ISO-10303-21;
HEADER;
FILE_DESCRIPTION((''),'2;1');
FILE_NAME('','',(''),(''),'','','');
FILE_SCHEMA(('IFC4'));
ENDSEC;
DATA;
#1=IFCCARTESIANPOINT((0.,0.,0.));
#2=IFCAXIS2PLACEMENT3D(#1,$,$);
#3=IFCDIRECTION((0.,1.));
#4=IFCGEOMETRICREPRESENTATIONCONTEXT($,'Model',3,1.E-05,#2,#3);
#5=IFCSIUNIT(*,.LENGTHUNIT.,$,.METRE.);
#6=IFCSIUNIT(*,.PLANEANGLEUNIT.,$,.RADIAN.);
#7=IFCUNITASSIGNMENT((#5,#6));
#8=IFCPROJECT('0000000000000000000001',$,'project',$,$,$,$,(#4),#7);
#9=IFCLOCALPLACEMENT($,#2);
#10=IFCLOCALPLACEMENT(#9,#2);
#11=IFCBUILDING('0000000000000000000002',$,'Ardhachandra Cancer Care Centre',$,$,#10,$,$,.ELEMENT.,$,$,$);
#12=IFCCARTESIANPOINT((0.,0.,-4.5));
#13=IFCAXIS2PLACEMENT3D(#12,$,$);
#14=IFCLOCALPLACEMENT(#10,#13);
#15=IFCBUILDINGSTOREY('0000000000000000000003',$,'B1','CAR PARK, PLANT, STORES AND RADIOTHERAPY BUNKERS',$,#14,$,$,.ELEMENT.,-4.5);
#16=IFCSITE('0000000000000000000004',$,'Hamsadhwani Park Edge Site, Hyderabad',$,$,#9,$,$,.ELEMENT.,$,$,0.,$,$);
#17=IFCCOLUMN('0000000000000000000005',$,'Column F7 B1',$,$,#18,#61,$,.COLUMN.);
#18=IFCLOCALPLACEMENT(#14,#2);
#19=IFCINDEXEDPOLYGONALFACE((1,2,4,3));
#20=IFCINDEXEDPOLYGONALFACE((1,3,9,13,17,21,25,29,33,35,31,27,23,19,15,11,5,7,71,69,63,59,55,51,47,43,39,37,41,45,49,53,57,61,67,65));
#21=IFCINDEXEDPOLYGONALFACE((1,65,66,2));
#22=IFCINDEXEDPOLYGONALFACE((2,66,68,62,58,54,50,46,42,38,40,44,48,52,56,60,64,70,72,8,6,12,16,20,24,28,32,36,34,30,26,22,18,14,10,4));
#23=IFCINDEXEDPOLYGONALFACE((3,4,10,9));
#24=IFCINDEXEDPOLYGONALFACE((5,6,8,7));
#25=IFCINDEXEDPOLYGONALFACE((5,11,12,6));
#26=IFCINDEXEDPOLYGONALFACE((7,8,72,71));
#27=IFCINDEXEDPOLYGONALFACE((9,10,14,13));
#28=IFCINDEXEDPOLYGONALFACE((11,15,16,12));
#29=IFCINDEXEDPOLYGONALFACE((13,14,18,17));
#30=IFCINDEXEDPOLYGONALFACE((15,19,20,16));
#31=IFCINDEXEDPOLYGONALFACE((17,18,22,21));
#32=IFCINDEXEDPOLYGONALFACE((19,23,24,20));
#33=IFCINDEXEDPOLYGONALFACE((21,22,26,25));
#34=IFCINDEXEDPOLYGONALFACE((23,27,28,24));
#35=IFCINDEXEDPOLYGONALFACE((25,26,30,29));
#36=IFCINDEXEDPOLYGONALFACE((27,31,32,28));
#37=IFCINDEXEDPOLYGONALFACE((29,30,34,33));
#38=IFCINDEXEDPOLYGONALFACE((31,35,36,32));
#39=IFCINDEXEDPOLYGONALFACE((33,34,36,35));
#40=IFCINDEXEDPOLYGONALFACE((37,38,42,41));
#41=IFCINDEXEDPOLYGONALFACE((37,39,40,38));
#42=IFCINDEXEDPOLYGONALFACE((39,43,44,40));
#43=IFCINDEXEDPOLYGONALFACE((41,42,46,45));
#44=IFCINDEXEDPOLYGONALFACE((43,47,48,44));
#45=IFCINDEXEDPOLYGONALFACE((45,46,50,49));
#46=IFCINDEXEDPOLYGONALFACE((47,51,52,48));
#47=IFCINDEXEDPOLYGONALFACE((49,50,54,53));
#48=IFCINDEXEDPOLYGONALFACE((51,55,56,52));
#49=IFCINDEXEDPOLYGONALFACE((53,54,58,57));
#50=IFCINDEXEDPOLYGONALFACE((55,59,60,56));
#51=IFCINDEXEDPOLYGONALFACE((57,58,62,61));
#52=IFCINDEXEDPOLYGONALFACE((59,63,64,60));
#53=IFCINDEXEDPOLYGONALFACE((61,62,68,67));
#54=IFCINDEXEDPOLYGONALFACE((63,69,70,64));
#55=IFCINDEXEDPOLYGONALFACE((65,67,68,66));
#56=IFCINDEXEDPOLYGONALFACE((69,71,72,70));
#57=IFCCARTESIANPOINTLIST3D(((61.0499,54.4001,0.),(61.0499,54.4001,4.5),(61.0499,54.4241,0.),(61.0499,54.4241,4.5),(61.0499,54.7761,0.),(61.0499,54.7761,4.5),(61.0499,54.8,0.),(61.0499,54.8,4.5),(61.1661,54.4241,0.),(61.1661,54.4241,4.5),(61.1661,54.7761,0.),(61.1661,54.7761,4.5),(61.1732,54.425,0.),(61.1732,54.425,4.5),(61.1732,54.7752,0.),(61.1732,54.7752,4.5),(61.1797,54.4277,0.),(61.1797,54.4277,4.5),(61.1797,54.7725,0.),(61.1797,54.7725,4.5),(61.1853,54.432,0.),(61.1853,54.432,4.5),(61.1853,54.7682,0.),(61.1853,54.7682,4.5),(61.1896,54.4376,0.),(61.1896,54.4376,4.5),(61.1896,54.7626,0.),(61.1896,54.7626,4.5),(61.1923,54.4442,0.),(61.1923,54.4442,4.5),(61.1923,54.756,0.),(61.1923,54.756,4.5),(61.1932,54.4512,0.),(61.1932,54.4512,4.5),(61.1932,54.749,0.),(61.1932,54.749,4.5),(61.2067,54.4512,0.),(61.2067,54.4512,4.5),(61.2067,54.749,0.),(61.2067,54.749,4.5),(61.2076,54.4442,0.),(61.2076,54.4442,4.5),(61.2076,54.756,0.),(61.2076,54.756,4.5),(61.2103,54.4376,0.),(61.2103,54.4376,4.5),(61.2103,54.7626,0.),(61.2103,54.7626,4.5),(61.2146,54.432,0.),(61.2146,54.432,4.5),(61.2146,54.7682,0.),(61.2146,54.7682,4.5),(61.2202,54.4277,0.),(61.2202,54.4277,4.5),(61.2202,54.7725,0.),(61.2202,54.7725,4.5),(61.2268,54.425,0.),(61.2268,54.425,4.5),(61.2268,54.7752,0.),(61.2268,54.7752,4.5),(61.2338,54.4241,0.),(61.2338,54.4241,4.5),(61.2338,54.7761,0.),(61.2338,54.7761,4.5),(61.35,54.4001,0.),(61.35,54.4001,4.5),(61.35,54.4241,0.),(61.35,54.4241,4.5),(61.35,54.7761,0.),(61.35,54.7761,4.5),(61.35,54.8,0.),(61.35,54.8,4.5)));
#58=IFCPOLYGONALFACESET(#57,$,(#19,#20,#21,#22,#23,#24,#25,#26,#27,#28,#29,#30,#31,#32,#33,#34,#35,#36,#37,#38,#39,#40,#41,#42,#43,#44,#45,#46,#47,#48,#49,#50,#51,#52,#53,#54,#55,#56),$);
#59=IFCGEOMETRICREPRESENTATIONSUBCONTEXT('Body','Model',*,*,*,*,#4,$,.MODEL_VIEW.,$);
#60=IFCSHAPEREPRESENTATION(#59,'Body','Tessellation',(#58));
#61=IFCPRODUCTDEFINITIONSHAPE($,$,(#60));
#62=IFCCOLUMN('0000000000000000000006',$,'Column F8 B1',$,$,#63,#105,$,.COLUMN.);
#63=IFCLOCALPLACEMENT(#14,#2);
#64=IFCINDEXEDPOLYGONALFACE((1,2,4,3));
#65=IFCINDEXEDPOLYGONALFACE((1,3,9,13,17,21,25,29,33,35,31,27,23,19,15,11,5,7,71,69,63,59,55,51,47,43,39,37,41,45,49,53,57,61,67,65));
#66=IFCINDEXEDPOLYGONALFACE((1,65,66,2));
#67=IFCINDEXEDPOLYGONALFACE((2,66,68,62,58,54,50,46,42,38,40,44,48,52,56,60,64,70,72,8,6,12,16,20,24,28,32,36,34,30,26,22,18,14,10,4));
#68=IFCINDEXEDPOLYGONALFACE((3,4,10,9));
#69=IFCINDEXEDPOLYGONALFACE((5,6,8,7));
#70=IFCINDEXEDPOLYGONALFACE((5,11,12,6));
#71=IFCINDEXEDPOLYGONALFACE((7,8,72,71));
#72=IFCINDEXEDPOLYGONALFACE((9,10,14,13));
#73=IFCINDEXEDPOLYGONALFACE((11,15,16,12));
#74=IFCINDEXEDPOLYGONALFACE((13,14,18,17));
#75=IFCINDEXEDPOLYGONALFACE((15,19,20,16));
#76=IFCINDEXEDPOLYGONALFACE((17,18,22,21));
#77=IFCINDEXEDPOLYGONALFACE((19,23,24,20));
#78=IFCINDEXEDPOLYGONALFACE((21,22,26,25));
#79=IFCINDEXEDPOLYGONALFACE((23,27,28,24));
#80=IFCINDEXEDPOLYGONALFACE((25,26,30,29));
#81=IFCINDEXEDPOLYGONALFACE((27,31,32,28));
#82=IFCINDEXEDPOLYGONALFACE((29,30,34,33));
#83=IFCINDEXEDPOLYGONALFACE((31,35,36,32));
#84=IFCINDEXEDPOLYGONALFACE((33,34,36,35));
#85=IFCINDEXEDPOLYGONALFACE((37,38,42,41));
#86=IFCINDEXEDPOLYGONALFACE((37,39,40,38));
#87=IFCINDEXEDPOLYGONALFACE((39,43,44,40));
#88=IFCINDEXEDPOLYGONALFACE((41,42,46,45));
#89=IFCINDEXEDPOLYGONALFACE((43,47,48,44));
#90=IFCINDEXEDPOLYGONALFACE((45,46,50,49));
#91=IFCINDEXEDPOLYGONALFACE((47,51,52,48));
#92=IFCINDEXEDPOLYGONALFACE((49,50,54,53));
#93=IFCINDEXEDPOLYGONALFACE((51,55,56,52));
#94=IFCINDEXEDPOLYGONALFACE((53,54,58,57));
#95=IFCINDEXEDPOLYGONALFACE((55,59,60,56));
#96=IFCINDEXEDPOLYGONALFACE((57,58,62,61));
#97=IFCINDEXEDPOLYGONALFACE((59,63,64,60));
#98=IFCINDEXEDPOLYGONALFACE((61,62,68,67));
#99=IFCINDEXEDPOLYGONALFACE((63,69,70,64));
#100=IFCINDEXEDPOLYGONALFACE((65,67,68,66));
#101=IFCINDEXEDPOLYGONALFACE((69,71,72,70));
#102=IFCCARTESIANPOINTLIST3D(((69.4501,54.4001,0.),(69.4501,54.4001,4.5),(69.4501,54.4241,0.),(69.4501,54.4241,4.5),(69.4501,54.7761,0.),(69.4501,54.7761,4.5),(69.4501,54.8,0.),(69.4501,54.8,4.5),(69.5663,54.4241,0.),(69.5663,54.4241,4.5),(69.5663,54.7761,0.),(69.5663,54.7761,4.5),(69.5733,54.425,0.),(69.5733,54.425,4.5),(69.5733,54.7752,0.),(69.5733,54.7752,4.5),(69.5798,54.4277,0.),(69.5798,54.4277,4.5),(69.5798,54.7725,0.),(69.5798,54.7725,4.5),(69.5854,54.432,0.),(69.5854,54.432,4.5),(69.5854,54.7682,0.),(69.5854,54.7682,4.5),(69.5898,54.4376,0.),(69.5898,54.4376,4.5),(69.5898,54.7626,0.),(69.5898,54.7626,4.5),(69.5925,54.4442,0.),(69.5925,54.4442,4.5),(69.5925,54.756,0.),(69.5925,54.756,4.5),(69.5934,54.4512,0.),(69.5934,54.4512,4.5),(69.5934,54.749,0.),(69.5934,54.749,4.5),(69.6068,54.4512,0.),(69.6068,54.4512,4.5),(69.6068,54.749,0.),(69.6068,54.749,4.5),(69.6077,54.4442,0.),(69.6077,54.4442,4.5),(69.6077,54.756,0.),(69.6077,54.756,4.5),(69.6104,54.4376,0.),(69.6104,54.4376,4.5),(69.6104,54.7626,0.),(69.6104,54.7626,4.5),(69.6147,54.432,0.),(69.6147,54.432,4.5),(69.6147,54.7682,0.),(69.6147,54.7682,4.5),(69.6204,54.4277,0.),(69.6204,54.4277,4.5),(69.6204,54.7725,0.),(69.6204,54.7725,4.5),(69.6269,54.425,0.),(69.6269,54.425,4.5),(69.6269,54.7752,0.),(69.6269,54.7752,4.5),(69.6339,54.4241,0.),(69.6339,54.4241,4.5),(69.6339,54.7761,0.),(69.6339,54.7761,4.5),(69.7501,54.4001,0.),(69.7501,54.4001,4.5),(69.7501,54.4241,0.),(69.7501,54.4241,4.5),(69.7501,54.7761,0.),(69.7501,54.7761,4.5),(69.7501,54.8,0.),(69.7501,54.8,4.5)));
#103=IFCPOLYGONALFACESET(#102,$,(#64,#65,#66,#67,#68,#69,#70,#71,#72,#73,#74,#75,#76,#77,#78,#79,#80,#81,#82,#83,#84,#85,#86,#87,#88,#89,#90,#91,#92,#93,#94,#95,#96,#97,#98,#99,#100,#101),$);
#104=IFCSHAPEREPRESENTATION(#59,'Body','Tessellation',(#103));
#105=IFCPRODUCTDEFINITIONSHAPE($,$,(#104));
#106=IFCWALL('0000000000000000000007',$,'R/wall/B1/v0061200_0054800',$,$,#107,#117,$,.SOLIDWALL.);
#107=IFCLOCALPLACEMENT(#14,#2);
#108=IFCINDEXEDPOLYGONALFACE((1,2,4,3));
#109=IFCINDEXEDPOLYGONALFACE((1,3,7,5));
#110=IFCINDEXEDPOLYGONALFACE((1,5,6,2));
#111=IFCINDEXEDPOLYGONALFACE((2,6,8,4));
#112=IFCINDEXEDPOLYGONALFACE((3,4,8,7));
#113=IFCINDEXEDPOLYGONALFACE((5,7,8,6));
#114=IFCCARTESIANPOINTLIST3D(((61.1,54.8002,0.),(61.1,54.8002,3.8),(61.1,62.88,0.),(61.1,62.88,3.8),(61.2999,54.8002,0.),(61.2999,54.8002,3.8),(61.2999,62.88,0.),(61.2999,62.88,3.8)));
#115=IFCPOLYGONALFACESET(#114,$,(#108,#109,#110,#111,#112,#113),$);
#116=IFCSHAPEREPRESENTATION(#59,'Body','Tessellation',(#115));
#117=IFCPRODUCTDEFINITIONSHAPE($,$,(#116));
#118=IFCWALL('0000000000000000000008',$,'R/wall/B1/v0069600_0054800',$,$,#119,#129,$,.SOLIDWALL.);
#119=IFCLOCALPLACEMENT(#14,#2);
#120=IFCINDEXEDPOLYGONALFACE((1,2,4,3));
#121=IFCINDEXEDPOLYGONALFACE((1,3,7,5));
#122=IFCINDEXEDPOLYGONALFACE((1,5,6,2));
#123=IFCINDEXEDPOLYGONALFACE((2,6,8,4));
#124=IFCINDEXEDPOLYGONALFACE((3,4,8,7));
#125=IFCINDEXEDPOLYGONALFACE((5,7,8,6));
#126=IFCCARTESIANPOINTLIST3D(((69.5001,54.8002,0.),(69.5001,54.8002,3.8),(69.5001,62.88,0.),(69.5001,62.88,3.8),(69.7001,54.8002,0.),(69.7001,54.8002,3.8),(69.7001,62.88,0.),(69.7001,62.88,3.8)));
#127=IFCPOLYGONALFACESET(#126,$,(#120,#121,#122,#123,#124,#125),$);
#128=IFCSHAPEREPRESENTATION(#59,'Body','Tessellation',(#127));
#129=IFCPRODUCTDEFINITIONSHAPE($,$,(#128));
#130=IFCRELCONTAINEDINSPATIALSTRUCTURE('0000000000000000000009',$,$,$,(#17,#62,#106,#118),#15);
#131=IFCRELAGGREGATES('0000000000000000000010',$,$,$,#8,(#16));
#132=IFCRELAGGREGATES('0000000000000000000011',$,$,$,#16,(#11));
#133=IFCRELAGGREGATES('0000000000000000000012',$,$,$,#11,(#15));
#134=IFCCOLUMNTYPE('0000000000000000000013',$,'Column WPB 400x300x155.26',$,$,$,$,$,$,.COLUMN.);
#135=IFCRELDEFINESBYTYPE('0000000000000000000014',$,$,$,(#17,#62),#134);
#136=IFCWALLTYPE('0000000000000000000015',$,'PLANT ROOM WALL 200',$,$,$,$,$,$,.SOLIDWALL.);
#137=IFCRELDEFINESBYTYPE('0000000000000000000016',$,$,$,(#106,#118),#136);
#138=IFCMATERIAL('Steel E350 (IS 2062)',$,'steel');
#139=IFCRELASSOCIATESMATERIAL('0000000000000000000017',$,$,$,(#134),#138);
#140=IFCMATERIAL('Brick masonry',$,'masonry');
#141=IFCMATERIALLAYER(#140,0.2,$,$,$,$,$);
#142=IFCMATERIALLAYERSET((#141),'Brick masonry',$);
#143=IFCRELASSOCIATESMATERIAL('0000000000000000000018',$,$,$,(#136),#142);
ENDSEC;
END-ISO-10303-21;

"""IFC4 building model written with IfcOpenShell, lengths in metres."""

from ifc_helpers import new_model, si_unit, direction, frame, frame_2d, origin, origin_2d, place, context, subcontext, project, spatial, rectangle, i_section, extrude, material, layer, layer_set, material_profile, profile_set, type_object, element, save


model = new_model("IFC4")

# Units and contexts
model_context = context("Model", 3, precision=1e-05, world=origin(), true_north=direction((0.0, 1.0)))
body_context = subcontext(model_context, "Body", "Model", "MODEL_VIEW")
ifc_project = project(units=[si_unit("LENGTHUNIT", "METRE"), si_unit("PLANEANGLEUNIT", "RADIAN")], contexts=[model_context])

# Site, building, storey
site_placement = place(None, origin())
site = spatial("IfcSite", under=ifc_project, at=site_placement, Name="Hamsadhwani Park Edge Site, Hyderabad", CompositionType="ELEMENT", RefElevation=0.0)
building_placement = place(site_placement, origin())
building = spatial("IfcBuilding", under=site, at=building_placement, Name="Ardhachandra Cancer Care Centre", CompositionType="ELEMENT")
storey_placement = place(building_placement, frame((0.0, 0.0, -4.5)))
storey = spatial("IfcBuildingStorey", under=building, at=storey_placement, Name="B1", Description="CAR PARK, PLANT, STORES AND RADIOTHERAPY BUNKERS", CompositionType="ELEMENT", Elevation=-4.5)

# Columns
ifc_material_1 = material(Name="Steel E350 (IS 2062)", Category="steel")
ifc_material_profile_1 = material_profile(ifc_material_1, i_section(OverallWidth=0.3, OverallDepth=0.3999, WebThickness=0.0134, FlangeThickness=0.0239, FilletRadius=0.0271, at=origin_2d()), Name="WPB 400x300x155.26")
ifc_profile_set_1 = profile_set([ifc_material_profile_1], Name="Steel E350 (IS 2062)")
column_type = type_object("IfcColumnType", Name="Column WPB 400x300x155.26", PredefinedType="COLUMN", material=ifc_profile_set_1)
for number, where, z_axis, x_axis, name in (
    (1, (61.2, 54.6001, 0.0), (0.0, 0.0, 1.0), (1.0, 0.0, 0.0), "Column F7 B1"),
    (2, (69.6001, 54.6001, 0.0), (0.0, 0.0, 1.0), (1.0, 0.0, 0.0), "Column F8 B1"),
):
    element("IfcColumn", number, at=place(storey_placement, frame(where, z_axis=z_axis, x_axis=x_axis)), inside=storey, type_object=column_type, Name=name, PredefinedType="COLUMN", context=body_context, shape_type="SweptSolid", body=[
        extrude(i_section(OverallWidth=0.3, OverallDepth=0.3999, WebThickness=0.0134, FlangeThickness=0.0239, FilletRadius=0.0271, at=origin_2d()), origin(), (0.0, 0.0, 1.0), 4.5),
    ])

# Walls
ifc_material_2 = material(Name="Brick masonry", Category="masonry")
ifc_layer = layer(ifc_material_2, 0.2)
ifc_layer_set = layer_set([ifc_layer], Name="Brick masonry")
wall_type = type_object("IfcWallType", Name="PLANT ROOM WALL 200", PredefinedType="SOLIDWALL", material=ifc_layer_set)
for number, where, z_axis, x_axis, name in (
    (3, (61.2, 54.8, 0.0), (0.0, 0.0, 1.0), (0.0, 1.0, 0.0), "R/wall/B1/v0061200_0054800"),
    (4, (69.6001, 54.8, 0.0), (0.0, 0.0, 1.0), (0.0, 1.0, 0.0), "R/wall/B1/v0069600_0054800"),
):
    element("IfcWall", number, at=place(storey_placement, frame(where, z_axis=z_axis, x_axis=x_axis)), inside=storey, type_object=wall_type, Name=name, PredefinedType="SOLIDWALL", context=body_context, shape_type="SweptSolid", body=[
        extrude(rectangle(XDim=8.0798, YDim=0.2, at=frame_2d((4.04, 0.0))), origin(), (0.0, 0.0, 1.0), 3.8),
    ])

save(model, "model.ifc")
